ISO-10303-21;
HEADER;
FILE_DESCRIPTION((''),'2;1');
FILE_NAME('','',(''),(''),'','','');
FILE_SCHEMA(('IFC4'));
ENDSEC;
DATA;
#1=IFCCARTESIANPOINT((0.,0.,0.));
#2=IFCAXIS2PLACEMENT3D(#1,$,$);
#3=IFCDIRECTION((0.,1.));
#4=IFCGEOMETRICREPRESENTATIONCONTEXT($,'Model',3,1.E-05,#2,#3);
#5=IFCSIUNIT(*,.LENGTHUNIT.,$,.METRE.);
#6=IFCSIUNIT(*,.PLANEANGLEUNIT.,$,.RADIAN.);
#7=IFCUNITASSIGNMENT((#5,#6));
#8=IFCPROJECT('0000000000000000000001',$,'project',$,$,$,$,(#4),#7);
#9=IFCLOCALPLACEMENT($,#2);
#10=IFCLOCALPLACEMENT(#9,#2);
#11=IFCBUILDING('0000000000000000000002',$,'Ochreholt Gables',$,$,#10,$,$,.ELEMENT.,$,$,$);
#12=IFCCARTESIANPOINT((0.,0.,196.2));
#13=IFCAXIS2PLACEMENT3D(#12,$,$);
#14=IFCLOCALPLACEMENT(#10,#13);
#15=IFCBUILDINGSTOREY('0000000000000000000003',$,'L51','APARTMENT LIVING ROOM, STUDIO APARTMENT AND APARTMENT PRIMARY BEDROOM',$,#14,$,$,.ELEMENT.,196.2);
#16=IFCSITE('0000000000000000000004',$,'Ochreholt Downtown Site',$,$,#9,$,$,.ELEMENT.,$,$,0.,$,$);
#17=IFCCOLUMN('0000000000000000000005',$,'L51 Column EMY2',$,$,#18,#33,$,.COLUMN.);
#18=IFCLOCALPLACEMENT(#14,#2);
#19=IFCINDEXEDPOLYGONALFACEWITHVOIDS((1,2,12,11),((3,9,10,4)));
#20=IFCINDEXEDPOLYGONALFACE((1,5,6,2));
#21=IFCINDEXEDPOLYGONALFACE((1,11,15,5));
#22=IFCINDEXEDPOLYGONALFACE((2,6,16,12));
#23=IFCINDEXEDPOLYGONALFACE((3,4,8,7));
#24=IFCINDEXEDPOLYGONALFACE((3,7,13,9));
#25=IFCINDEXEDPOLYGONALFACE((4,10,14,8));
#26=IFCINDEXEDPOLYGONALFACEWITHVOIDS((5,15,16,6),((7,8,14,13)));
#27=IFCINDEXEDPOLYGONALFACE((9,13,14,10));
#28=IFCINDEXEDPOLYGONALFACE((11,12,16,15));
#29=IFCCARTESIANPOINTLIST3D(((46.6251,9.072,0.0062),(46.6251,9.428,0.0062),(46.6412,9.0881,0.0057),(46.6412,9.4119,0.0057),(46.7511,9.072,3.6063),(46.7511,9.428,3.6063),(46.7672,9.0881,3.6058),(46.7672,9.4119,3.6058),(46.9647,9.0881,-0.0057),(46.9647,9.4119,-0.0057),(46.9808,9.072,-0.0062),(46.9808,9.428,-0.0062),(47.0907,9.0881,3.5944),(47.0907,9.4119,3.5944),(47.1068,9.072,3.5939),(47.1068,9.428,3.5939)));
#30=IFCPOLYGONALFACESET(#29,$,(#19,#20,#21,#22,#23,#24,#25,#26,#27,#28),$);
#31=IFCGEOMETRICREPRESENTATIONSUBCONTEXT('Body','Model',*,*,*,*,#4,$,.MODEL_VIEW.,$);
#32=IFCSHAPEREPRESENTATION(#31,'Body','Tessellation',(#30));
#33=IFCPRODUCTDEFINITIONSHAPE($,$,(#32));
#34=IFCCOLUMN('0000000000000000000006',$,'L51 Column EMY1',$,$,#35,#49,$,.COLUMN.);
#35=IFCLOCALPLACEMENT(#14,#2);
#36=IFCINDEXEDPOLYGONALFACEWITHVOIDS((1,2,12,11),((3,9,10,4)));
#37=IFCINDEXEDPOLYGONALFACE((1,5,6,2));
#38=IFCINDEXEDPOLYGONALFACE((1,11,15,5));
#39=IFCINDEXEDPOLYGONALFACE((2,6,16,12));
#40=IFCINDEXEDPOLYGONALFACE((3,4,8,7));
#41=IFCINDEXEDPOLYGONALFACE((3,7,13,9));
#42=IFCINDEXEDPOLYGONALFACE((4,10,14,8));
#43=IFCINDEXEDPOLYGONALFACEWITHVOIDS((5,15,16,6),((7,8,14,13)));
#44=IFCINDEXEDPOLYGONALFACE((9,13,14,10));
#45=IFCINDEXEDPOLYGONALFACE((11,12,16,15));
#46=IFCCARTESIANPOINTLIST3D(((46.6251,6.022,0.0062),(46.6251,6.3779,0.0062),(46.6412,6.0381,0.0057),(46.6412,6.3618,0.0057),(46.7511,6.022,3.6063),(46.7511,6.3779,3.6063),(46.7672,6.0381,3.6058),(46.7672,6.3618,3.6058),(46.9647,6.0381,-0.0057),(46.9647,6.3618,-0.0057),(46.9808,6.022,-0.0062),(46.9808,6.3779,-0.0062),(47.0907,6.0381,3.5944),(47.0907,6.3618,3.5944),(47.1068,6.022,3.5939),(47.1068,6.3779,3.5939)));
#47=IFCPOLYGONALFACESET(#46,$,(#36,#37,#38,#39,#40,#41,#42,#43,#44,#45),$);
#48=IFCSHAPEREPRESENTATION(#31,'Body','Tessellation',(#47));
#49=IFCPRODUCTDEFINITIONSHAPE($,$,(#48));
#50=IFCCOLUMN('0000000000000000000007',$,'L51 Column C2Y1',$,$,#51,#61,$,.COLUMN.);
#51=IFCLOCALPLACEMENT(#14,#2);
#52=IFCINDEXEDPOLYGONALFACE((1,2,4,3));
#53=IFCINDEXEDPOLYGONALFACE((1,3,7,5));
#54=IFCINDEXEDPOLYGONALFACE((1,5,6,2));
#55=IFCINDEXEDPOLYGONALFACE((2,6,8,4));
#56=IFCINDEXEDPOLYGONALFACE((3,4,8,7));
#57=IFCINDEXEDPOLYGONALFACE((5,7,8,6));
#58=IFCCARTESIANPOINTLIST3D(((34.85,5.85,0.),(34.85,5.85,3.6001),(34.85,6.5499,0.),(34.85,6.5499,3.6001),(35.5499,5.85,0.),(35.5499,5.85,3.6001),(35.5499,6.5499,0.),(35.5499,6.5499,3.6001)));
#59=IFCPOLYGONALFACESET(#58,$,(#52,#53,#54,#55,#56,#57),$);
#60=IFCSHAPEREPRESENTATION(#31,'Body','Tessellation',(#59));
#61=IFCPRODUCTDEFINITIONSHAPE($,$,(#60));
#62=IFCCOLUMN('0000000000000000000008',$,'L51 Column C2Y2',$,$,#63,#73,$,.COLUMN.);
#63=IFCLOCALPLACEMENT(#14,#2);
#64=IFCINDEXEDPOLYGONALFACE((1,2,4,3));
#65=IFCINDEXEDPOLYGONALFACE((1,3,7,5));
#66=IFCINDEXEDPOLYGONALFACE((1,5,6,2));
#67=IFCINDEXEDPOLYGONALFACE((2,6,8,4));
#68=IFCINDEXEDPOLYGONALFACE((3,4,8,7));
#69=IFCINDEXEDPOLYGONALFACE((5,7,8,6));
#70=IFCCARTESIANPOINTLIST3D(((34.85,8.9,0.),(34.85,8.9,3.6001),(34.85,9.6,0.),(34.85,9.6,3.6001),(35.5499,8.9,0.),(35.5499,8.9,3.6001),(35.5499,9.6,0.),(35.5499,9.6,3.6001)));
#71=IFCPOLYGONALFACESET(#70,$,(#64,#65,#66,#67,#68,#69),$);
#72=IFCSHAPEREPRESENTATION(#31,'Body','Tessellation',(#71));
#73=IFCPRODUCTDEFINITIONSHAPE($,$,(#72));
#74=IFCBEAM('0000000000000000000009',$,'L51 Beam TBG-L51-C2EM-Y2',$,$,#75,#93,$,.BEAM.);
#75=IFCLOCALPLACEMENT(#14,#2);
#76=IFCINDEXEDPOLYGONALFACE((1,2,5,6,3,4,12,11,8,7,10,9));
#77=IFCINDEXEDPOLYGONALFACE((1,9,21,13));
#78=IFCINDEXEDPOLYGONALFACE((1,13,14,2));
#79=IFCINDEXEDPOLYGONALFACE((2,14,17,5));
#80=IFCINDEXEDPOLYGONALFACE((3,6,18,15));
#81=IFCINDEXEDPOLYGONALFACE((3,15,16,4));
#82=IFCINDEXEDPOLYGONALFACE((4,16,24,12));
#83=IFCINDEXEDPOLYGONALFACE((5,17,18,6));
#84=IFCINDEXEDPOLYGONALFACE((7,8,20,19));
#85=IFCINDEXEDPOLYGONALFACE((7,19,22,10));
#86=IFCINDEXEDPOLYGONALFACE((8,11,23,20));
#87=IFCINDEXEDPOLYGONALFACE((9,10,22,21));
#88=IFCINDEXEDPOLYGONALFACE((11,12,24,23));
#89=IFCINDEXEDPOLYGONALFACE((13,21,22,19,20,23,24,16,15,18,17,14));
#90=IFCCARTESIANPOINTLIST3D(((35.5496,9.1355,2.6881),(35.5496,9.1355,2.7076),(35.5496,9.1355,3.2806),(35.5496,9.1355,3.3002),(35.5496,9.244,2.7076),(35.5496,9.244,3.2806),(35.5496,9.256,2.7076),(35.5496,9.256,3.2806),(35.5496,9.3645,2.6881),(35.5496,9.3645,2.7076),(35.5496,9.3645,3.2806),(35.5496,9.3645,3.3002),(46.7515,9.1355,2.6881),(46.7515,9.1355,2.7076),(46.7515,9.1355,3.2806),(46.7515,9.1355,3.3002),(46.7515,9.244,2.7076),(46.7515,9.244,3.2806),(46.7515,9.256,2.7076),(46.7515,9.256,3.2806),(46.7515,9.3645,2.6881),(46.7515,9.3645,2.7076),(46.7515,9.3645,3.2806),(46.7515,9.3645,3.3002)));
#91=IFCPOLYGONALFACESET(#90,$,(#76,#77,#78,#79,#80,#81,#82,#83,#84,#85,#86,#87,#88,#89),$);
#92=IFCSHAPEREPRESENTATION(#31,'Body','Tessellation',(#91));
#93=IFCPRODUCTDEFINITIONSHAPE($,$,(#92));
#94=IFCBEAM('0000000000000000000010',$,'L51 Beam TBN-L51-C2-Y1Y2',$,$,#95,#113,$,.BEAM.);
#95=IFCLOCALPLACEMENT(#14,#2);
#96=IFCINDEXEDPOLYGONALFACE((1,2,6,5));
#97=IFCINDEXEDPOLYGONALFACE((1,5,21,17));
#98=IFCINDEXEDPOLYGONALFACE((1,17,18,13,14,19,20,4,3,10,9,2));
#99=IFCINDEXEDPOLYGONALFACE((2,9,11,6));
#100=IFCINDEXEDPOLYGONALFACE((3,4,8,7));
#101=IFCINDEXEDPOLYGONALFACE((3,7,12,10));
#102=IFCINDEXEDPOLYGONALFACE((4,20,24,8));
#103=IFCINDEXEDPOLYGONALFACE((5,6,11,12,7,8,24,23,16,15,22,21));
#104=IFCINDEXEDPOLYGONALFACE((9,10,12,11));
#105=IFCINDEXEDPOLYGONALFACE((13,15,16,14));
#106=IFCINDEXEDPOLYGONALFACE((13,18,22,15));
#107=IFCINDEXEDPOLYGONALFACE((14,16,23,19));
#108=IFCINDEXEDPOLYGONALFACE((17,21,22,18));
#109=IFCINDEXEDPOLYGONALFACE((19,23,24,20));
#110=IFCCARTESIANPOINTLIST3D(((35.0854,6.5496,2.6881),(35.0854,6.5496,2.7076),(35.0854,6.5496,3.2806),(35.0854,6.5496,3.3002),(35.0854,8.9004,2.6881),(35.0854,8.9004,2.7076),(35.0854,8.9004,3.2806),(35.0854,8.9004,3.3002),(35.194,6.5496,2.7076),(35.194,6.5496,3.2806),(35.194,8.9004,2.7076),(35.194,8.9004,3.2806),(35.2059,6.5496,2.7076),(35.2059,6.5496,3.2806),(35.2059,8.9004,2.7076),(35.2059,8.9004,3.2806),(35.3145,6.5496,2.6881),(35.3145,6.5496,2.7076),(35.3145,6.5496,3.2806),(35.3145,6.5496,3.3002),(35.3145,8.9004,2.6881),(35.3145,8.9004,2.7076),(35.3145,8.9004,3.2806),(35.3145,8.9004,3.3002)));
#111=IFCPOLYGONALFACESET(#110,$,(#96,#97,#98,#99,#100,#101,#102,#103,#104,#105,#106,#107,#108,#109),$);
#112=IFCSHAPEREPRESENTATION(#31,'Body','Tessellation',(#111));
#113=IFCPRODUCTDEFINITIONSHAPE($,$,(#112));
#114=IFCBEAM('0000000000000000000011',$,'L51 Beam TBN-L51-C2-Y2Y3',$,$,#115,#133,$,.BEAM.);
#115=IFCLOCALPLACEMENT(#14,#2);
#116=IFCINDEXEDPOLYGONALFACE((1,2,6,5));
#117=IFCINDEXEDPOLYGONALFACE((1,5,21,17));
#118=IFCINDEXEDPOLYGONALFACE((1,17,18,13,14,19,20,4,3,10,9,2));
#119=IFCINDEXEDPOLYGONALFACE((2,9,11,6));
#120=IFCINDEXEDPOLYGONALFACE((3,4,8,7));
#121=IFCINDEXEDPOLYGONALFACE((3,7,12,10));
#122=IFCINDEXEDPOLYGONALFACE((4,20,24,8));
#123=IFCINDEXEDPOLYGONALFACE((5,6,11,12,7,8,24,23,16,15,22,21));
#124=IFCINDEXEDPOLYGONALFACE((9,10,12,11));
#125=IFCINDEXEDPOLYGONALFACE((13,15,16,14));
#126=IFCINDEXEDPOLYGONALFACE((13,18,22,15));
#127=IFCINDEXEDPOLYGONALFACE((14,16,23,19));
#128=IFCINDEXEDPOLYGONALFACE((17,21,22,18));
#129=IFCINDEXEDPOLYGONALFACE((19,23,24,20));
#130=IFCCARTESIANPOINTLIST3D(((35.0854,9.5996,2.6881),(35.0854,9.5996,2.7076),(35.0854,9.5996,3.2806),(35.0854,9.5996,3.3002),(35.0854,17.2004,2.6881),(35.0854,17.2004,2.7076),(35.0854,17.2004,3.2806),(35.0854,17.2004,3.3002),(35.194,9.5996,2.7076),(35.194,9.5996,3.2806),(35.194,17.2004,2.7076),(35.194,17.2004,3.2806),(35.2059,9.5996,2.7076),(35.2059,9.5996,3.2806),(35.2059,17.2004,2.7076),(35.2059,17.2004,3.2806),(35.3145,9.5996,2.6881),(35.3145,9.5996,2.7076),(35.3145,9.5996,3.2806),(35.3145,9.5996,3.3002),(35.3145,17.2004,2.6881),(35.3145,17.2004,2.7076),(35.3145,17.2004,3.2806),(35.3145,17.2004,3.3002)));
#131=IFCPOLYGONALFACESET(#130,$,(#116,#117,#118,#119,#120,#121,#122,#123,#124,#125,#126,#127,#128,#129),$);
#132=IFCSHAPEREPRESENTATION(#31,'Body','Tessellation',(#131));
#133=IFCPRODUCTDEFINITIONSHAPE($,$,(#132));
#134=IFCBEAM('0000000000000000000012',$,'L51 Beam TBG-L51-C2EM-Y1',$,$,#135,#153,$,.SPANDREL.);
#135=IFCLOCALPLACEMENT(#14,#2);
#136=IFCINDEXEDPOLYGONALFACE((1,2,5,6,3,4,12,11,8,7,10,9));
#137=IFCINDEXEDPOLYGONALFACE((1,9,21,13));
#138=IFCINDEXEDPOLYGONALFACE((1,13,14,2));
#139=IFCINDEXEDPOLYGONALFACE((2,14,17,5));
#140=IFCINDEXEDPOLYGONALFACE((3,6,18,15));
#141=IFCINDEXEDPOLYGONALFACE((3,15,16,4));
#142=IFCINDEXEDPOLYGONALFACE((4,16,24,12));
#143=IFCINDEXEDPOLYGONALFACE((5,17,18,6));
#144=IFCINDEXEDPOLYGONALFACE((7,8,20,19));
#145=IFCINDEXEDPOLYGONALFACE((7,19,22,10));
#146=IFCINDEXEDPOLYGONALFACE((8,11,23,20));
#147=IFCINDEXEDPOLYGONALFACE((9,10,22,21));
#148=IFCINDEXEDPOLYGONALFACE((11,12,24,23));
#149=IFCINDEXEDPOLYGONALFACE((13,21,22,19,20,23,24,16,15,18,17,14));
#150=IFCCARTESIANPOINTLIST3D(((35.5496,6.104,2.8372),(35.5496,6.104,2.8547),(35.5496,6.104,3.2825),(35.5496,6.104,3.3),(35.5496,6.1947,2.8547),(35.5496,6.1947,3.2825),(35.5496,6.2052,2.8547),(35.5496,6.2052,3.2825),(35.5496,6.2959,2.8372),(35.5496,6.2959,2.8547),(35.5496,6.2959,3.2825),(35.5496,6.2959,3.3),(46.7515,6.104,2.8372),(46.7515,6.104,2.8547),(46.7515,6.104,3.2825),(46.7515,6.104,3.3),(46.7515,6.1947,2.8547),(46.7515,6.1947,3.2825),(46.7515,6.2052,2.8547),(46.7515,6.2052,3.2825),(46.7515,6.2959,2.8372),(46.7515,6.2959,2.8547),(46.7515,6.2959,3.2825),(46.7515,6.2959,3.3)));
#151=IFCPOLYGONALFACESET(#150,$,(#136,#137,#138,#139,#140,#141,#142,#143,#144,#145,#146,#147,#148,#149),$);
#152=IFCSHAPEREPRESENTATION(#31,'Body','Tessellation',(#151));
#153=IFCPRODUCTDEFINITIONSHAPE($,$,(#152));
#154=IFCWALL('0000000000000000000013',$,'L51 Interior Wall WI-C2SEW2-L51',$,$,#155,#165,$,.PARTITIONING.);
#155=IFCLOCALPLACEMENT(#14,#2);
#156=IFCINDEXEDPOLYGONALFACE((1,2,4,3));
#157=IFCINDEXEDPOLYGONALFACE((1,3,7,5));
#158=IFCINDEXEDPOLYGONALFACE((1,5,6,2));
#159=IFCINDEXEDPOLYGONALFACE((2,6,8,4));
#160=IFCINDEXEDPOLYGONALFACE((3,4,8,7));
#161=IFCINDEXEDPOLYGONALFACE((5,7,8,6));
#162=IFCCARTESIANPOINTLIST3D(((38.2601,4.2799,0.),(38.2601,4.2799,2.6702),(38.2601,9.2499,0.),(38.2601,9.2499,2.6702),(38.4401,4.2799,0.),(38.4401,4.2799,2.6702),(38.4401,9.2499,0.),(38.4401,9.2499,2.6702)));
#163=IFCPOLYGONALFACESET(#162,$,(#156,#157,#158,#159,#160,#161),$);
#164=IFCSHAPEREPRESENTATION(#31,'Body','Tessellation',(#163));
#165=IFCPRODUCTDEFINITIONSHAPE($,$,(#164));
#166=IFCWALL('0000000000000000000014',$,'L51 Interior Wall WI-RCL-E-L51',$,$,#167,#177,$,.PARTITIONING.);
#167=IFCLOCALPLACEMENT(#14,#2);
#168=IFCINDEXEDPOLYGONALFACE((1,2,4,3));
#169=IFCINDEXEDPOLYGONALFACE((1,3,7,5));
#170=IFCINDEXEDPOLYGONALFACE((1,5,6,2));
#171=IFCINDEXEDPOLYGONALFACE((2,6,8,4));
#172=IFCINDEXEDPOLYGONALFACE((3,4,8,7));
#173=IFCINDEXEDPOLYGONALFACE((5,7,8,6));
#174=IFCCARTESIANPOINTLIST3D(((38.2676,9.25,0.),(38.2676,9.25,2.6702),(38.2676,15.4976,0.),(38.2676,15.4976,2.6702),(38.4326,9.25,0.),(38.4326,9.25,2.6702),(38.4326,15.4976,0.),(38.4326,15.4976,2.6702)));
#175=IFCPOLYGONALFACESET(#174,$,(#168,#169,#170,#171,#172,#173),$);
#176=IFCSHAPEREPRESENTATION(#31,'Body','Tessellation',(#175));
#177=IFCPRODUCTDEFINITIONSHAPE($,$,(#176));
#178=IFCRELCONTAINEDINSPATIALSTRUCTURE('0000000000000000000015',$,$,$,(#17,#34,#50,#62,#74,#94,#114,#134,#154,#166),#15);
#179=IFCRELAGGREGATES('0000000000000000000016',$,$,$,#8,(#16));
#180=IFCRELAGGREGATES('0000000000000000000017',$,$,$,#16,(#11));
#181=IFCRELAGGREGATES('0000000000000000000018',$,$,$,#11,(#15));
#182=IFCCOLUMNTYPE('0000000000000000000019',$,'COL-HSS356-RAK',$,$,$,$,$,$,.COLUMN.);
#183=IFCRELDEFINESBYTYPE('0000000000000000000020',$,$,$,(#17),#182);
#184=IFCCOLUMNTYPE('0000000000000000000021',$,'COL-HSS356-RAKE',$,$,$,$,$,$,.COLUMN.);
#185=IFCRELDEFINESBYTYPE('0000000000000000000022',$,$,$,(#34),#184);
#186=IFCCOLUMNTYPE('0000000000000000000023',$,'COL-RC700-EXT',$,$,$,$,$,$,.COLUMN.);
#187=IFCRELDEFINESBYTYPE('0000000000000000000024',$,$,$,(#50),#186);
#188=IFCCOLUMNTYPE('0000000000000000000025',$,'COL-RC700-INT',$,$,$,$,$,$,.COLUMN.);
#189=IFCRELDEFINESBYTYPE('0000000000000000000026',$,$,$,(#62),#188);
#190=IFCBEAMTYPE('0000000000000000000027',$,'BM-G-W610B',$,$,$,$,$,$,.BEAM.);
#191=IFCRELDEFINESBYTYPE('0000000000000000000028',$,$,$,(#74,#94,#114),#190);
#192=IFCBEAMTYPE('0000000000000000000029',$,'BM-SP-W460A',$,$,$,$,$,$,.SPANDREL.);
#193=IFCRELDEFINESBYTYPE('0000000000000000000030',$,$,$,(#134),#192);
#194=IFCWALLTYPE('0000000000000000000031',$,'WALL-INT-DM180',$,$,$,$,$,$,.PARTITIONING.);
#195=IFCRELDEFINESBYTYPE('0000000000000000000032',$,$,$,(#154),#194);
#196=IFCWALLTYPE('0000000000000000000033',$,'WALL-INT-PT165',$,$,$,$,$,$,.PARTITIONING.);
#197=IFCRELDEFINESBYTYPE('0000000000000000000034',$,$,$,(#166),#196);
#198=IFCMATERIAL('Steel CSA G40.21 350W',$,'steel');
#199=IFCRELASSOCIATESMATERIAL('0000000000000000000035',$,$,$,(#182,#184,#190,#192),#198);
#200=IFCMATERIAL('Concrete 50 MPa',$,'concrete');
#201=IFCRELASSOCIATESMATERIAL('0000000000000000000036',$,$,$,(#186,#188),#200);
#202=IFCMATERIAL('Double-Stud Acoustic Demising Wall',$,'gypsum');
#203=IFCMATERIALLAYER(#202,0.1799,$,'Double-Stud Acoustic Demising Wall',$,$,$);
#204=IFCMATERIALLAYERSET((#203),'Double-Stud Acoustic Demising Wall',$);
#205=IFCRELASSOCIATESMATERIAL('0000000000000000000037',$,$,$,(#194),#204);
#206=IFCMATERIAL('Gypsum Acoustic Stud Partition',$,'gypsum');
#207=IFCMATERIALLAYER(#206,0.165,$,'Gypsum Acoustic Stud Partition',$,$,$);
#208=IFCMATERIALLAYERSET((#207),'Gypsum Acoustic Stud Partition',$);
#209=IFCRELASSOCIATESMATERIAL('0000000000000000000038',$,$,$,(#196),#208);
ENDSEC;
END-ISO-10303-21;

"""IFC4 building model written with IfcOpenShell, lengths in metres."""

from ifc_helpers import new_model, si_unit, direction, frame, frame_2d, origin, origin_2d, place, context, subcontext, project, spatial, rectangle, hollow_rectangle, i_section, extrude, material, layer, layer_set, material_profile, profile_set, type_object, element, save


model = new_model("IFC4")

# Units and contexts
model_context = context("Model", 3, precision=1e-05, world=origin(), true_north=direction((0.0, 1.0)))
body_context = subcontext(model_context, "Body", "Model", "MODEL_VIEW")
ifc_project = project(units=[si_unit("LENGTHUNIT", "METRE"), si_unit("PLANEANGLEUNIT", "RADIAN")], contexts=[model_context])

# Site, building, storey
site_placement = place(None, origin())
site = spatial("IfcSite", under=ifc_project, at=site_placement, Name="Ochreholt Downtown Site", CompositionType="ELEMENT", RefElevation=0.0)
building_placement = place(site_placement, origin())
building = spatial("IfcBuilding", under=site, at=building_placement, Name="Ochreholt Gables", CompositionType="ELEMENT")
storey_placement = place(building_placement, frame((0.0, 0.0, 196.2)))
storey = spatial("IfcBuildingStorey", under=building, at=storey_placement, Name="L51", Description="APARTMENT LIVING ROOM, STUDIO APARTMENT AND APARTMENT PRIMARY BEDROOM", CompositionType="ELEMENT", Elevation=196.2)

# Columns
ifc_material_1 = material(Name="Steel CSA G40.21 350W", Category="steel")
ifc_material_profile_1 = material_profile(ifc_material_1, hollow_rectangle(XDim=0.356, YDim=0.356, WallThickness=0.0161, at=origin_2d()), Name="HSS356X356X16")
ifc_profile_set_1 = profile_set([ifc_material_profile_1], Name="Steel CSA G40.21 350W")
column_type_1 = type_object("IfcColumnType", Name="COL-HSS356-RAK", PredefinedType="COLUMN", material=ifc_profile_set_1)
column_1_placement = place(storey_placement, frame((46.803, 9.25, 0.0), z_axis=(0.034971, 0.0, 0.999388), x_axis=(0.0, 1.0, 0.0)))
element("IfcColumn", 1, at=column_1_placement, inside=storey, type_object=column_type_1, Name="L51 Column EMY2", PredefinedType="COLUMN", context=body_context, shape_type="SweptSolid", body=[
    extrude(hollow_rectangle(XDim=0.356, YDim=0.356, WallThickness=0.0161, at=origin_2d()), origin(), (0.0, 0.0, 1.0), 3.6023),
])
ifc_material_profile_2 = material_profile(ifc_material_1, hollow_rectangle(XDim=0.356, YDim=0.356, WallThickness=0.0161, at=origin_2d()), Name="HSS356X356X16")
ifc_profile_set_2 = profile_set([ifc_material_profile_2], Name="Steel CSA G40.21 350W")
column_type_2 = type_object("IfcColumnType", Name="COL-HSS356-RAKE", PredefinedType="COLUMN", material=ifc_profile_set_2)
column_2_placement = place(storey_placement, frame((46.803, 6.2, 0.0), z_axis=(0.034971, 0.0, 0.999388), x_axis=(0.0, 1.0, 0.0)))
element("IfcColumn", 2, at=column_2_placement, inside=storey, type_object=column_type_2, Name="L51 Column EMY1", PredefinedType="COLUMN", context=body_context, shape_type="SweptSolid", body=[
    extrude(hollow_rectangle(XDim=0.356, YDim=0.356, WallThickness=0.0161, at=origin_2d()), origin(), (0.0, 0.0, 1.0), 3.6023),
])
ifc_material_2 = material(Name="Concrete 50 MPa", Category="concrete")
ifc_material_profile_3 = material_profile(ifc_material_2, rectangle(XDim=0.7, YDim=0.7, at=origin_2d()), Name="RC700X700")
ifc_profile_set_3 = profile_set([ifc_material_profile_3], Name="Concrete 50 MPa")
column_type_3 = type_object("IfcColumnType", Name="COL-RC700-EXT", PredefinedType="COLUMN", material=ifc_profile_set_3)
column_3_placement = place(storey_placement, frame((35.2, 6.2, 0.0), z_axis=(0.0, 0.0, 1.0), x_axis=(1.0, 0.0, 0.0)))
element("IfcColumn", 3, at=column_3_placement, inside=storey, type_object=column_type_3, Name="L51 Column C2Y1", PredefinedType="COLUMN", context=body_context, shape_type="SweptSolid", body=[
    extrude(rectangle(XDim=0.7, YDim=0.7, at=origin_2d()), origin(), (0.0, 0.0, 1.0), 3.6001),
])
ifc_material_profile_4 = material_profile(ifc_material_2, rectangle(XDim=0.7, YDim=0.7, at=origin_2d()), Name="RC700X700")
ifc_profile_set_4 = profile_set([ifc_material_profile_4], Name="Concrete 50 MPa")
column_type_4 = type_object("IfcColumnType", Name="COL-RC700-INT", PredefinedType="COLUMN", material=ifc_profile_set_4)
column_4_placement = place(storey_placement, frame((35.2, 9.25, 0.0), z_axis=(0.0, 0.0, 1.0), x_axis=(1.0, 0.0, 0.0)))
element("IfcColumn", 4, at=column_4_placement, inside=storey, type_object=column_type_4, Name="L51 Column C2Y2", PredefinedType="COLUMN", context=body_context, shape_type="SweptSolid", body=[
    extrude(rectangle(XDim=0.7, YDim=0.7, at=origin_2d()), origin(), (0.0, 0.0, 1.0), 3.6001),
])

# Beams
ifc_material_profile_5 = material_profile(ifc_material_1, i_section(OverallWidth=0.229, OverallDepth=0.6121, WebThickness=0.012, FlangeThickness=0.0195, at=origin_2d()), Name="W610X125")
ifc_profile_set_5 = profile_set([ifc_material_profile_5], Name="Steel CSA G40.21 350W")
beam_type_1 = type_object("IfcBeamType", Name="BM-G-W610B", PredefinedType="BEAM", material=ifc_profile_set_5)
beam_1_placement = place(storey_placement, frame((35.5496, 9.25, 2.9941), z_axis=(1.0, 0.0, 0.0), x_axis=(0.0, 1.0, 0.0)))
element("IfcBeam", 5, at=beam_1_placement, inside=storey, type_object=beam_type_1, Name="L51 Beam TBG-L51-C2EM-Y2", PredefinedType="BEAM", context=body_context, shape_type="SweptSolid", body=[
    extrude(i_section(OverallWidth=0.229, OverallDepth=0.6121, WebThickness=0.012, FlangeThickness=0.0195, at=origin_2d()), origin(), (0.0, 0.0, 1.0), 11.2019),
])
beam_2_placement = place(storey_placement, frame((35.2, 6.5496, 2.9941), z_axis=(0.0, 1.0, 0.0), x_axis=(-1.0, 0.0, 0.0)))
element("IfcBeam", 6, at=beam_2_placement, inside=storey, type_object=beam_type_1, Name="L51 Beam TBN-L51-C2-Y1Y2", PredefinedType="BEAM", context=body_context, shape_type="SweptSolid", body=[
    extrude(i_section(OverallWidth=0.229, OverallDepth=0.6121, WebThickness=0.012, FlangeThickness=0.0195, at=origin_2d()), origin(), (0.0, 0.0, 1.0), 2.3508),
])
beam_3_placement = place(storey_placement, frame((35.2, 9.5996, 2.9941), z_axis=(0.0, 1.0, 0.0), x_axis=(-1.0, 0.0, 0.0)))
element("IfcBeam", 7, at=beam_3_placement, inside=storey, type_object=beam_type_1, Name="L51 Beam TBN-L51-C2-Y2Y3", PredefinedType="BEAM", context=body_context, shape_type="SweptSolid", body=[
    extrude(i_section(OverallWidth=0.229, OverallDepth=0.6121, WebThickness=0.012, FlangeThickness=0.0195, at=origin_2d()), origin(), (0.0, 0.0, 1.0), 7.6008),
])
ifc_material_profile_6 = material_profile(ifc_material_1, i_section(OverallWidth=0.1919, OverallDepth=0.4629, WebThickness=0.0105, FlangeThickness=0.0176, at=origin_2d()), Name="W460X89")
ifc_profile_set_6 = profile_set([ifc_material_profile_6], Name="Steel CSA G40.21 350W")
beam_type_2 = type_object("IfcBeamType", Name="BM-SP-W460A", PredefinedType="SPANDREL", material=ifc_profile_set_6)
beam_4_placement = place(storey_placement, frame((35.5496, 6.2, 3.0686), z_axis=(1.0, 0.0, 0.0), x_axis=(0.0, 1.0, 0.0)))
element("IfcBeam", 8, at=beam_4_placement, inside=storey, type_object=beam_type_2, Name="L51 Beam TBG-L51-C2EM-Y1", PredefinedType="SPANDREL", context=body_context, shape_type="SweptSolid", body=[
    extrude(i_section(OverallWidth=0.1919, OverallDepth=0.4629, WebThickness=0.0105, FlangeThickness=0.0176, at=origin_2d()), origin(), (0.0, 0.0, 1.0), 11.2019),
])

# Shared definitions
ifc_material_3 = material(Name="Double-Stud Acoustic Demising Wall", Category="gypsum")
ifc_layer_1 = layer(ifc_material_3, 0.1799, Name="Double-Stud Acoustic Demising Wall")
ifc_layer_set_1 = layer_set([ifc_layer_1], Name="Double-Stud Acoustic Demising Wall")
wall_type_1 = type_object("IfcWallType", Name="WALL-INT-DM180", PredefinedType="PARTITIONING", material=ifc_layer_set_1)

# Walls
wall_1_placement = place(storey_placement, frame((38.3501, 4.28, 0.0), z_axis=(0.0, 0.0, 1.0), x_axis=(0.0, 1.0, 0.0)))
element("IfcWall", 9, at=wall_1_placement, inside=storey, type_object=wall_type_1, Name="L51 Interior Wall WI-C2SEW2-L51", PredefinedType="PARTITIONING", context=body_context, shape_type="SweptSolid", body=[
    extrude(rectangle(XDim=4.97, YDim=0.1799, at=frame_2d((2.4849, 0.0))), origin(), (0.0, 0.0, 1.0), 2.6702),
])
ifc_material_4 = material(Name="Gypsum Acoustic Stud Partition", Category="gypsum")
ifc_layer_2 = layer(ifc_material_4, 0.165, Name="Gypsum Acoustic Stud Partition")
ifc_layer_set_2 = layer_set([ifc_layer_2], Name="Gypsum Acoustic Stud Partition")
wall_type_2 = type_object("IfcWallType", Name="WALL-INT-PT165", PredefinedType="PARTITIONING", material=ifc_layer_set_2)
wall_2_placement = place(storey_placement, frame((38.3501, 9.25, 0.0), z_axis=(0.0, 0.0, 1.0), x_axis=(0.0, 1.0, 0.0)))
element("IfcWall", 10, at=wall_2_placement, inside=storey, type_object=wall_type_2, Name="L51 Interior Wall WI-RCL-E-L51", PredefinedType="PARTITIONING", context=body_context, shape_type="SweptSolid", body=[
    extrude(rectangle(XDim=6.2476, YDim=0.165, at=frame_2d((3.1238, 0.0))), origin(), (0.0, 0.0, 1.0), 2.6702),
])

save(model, "model.ifc")
